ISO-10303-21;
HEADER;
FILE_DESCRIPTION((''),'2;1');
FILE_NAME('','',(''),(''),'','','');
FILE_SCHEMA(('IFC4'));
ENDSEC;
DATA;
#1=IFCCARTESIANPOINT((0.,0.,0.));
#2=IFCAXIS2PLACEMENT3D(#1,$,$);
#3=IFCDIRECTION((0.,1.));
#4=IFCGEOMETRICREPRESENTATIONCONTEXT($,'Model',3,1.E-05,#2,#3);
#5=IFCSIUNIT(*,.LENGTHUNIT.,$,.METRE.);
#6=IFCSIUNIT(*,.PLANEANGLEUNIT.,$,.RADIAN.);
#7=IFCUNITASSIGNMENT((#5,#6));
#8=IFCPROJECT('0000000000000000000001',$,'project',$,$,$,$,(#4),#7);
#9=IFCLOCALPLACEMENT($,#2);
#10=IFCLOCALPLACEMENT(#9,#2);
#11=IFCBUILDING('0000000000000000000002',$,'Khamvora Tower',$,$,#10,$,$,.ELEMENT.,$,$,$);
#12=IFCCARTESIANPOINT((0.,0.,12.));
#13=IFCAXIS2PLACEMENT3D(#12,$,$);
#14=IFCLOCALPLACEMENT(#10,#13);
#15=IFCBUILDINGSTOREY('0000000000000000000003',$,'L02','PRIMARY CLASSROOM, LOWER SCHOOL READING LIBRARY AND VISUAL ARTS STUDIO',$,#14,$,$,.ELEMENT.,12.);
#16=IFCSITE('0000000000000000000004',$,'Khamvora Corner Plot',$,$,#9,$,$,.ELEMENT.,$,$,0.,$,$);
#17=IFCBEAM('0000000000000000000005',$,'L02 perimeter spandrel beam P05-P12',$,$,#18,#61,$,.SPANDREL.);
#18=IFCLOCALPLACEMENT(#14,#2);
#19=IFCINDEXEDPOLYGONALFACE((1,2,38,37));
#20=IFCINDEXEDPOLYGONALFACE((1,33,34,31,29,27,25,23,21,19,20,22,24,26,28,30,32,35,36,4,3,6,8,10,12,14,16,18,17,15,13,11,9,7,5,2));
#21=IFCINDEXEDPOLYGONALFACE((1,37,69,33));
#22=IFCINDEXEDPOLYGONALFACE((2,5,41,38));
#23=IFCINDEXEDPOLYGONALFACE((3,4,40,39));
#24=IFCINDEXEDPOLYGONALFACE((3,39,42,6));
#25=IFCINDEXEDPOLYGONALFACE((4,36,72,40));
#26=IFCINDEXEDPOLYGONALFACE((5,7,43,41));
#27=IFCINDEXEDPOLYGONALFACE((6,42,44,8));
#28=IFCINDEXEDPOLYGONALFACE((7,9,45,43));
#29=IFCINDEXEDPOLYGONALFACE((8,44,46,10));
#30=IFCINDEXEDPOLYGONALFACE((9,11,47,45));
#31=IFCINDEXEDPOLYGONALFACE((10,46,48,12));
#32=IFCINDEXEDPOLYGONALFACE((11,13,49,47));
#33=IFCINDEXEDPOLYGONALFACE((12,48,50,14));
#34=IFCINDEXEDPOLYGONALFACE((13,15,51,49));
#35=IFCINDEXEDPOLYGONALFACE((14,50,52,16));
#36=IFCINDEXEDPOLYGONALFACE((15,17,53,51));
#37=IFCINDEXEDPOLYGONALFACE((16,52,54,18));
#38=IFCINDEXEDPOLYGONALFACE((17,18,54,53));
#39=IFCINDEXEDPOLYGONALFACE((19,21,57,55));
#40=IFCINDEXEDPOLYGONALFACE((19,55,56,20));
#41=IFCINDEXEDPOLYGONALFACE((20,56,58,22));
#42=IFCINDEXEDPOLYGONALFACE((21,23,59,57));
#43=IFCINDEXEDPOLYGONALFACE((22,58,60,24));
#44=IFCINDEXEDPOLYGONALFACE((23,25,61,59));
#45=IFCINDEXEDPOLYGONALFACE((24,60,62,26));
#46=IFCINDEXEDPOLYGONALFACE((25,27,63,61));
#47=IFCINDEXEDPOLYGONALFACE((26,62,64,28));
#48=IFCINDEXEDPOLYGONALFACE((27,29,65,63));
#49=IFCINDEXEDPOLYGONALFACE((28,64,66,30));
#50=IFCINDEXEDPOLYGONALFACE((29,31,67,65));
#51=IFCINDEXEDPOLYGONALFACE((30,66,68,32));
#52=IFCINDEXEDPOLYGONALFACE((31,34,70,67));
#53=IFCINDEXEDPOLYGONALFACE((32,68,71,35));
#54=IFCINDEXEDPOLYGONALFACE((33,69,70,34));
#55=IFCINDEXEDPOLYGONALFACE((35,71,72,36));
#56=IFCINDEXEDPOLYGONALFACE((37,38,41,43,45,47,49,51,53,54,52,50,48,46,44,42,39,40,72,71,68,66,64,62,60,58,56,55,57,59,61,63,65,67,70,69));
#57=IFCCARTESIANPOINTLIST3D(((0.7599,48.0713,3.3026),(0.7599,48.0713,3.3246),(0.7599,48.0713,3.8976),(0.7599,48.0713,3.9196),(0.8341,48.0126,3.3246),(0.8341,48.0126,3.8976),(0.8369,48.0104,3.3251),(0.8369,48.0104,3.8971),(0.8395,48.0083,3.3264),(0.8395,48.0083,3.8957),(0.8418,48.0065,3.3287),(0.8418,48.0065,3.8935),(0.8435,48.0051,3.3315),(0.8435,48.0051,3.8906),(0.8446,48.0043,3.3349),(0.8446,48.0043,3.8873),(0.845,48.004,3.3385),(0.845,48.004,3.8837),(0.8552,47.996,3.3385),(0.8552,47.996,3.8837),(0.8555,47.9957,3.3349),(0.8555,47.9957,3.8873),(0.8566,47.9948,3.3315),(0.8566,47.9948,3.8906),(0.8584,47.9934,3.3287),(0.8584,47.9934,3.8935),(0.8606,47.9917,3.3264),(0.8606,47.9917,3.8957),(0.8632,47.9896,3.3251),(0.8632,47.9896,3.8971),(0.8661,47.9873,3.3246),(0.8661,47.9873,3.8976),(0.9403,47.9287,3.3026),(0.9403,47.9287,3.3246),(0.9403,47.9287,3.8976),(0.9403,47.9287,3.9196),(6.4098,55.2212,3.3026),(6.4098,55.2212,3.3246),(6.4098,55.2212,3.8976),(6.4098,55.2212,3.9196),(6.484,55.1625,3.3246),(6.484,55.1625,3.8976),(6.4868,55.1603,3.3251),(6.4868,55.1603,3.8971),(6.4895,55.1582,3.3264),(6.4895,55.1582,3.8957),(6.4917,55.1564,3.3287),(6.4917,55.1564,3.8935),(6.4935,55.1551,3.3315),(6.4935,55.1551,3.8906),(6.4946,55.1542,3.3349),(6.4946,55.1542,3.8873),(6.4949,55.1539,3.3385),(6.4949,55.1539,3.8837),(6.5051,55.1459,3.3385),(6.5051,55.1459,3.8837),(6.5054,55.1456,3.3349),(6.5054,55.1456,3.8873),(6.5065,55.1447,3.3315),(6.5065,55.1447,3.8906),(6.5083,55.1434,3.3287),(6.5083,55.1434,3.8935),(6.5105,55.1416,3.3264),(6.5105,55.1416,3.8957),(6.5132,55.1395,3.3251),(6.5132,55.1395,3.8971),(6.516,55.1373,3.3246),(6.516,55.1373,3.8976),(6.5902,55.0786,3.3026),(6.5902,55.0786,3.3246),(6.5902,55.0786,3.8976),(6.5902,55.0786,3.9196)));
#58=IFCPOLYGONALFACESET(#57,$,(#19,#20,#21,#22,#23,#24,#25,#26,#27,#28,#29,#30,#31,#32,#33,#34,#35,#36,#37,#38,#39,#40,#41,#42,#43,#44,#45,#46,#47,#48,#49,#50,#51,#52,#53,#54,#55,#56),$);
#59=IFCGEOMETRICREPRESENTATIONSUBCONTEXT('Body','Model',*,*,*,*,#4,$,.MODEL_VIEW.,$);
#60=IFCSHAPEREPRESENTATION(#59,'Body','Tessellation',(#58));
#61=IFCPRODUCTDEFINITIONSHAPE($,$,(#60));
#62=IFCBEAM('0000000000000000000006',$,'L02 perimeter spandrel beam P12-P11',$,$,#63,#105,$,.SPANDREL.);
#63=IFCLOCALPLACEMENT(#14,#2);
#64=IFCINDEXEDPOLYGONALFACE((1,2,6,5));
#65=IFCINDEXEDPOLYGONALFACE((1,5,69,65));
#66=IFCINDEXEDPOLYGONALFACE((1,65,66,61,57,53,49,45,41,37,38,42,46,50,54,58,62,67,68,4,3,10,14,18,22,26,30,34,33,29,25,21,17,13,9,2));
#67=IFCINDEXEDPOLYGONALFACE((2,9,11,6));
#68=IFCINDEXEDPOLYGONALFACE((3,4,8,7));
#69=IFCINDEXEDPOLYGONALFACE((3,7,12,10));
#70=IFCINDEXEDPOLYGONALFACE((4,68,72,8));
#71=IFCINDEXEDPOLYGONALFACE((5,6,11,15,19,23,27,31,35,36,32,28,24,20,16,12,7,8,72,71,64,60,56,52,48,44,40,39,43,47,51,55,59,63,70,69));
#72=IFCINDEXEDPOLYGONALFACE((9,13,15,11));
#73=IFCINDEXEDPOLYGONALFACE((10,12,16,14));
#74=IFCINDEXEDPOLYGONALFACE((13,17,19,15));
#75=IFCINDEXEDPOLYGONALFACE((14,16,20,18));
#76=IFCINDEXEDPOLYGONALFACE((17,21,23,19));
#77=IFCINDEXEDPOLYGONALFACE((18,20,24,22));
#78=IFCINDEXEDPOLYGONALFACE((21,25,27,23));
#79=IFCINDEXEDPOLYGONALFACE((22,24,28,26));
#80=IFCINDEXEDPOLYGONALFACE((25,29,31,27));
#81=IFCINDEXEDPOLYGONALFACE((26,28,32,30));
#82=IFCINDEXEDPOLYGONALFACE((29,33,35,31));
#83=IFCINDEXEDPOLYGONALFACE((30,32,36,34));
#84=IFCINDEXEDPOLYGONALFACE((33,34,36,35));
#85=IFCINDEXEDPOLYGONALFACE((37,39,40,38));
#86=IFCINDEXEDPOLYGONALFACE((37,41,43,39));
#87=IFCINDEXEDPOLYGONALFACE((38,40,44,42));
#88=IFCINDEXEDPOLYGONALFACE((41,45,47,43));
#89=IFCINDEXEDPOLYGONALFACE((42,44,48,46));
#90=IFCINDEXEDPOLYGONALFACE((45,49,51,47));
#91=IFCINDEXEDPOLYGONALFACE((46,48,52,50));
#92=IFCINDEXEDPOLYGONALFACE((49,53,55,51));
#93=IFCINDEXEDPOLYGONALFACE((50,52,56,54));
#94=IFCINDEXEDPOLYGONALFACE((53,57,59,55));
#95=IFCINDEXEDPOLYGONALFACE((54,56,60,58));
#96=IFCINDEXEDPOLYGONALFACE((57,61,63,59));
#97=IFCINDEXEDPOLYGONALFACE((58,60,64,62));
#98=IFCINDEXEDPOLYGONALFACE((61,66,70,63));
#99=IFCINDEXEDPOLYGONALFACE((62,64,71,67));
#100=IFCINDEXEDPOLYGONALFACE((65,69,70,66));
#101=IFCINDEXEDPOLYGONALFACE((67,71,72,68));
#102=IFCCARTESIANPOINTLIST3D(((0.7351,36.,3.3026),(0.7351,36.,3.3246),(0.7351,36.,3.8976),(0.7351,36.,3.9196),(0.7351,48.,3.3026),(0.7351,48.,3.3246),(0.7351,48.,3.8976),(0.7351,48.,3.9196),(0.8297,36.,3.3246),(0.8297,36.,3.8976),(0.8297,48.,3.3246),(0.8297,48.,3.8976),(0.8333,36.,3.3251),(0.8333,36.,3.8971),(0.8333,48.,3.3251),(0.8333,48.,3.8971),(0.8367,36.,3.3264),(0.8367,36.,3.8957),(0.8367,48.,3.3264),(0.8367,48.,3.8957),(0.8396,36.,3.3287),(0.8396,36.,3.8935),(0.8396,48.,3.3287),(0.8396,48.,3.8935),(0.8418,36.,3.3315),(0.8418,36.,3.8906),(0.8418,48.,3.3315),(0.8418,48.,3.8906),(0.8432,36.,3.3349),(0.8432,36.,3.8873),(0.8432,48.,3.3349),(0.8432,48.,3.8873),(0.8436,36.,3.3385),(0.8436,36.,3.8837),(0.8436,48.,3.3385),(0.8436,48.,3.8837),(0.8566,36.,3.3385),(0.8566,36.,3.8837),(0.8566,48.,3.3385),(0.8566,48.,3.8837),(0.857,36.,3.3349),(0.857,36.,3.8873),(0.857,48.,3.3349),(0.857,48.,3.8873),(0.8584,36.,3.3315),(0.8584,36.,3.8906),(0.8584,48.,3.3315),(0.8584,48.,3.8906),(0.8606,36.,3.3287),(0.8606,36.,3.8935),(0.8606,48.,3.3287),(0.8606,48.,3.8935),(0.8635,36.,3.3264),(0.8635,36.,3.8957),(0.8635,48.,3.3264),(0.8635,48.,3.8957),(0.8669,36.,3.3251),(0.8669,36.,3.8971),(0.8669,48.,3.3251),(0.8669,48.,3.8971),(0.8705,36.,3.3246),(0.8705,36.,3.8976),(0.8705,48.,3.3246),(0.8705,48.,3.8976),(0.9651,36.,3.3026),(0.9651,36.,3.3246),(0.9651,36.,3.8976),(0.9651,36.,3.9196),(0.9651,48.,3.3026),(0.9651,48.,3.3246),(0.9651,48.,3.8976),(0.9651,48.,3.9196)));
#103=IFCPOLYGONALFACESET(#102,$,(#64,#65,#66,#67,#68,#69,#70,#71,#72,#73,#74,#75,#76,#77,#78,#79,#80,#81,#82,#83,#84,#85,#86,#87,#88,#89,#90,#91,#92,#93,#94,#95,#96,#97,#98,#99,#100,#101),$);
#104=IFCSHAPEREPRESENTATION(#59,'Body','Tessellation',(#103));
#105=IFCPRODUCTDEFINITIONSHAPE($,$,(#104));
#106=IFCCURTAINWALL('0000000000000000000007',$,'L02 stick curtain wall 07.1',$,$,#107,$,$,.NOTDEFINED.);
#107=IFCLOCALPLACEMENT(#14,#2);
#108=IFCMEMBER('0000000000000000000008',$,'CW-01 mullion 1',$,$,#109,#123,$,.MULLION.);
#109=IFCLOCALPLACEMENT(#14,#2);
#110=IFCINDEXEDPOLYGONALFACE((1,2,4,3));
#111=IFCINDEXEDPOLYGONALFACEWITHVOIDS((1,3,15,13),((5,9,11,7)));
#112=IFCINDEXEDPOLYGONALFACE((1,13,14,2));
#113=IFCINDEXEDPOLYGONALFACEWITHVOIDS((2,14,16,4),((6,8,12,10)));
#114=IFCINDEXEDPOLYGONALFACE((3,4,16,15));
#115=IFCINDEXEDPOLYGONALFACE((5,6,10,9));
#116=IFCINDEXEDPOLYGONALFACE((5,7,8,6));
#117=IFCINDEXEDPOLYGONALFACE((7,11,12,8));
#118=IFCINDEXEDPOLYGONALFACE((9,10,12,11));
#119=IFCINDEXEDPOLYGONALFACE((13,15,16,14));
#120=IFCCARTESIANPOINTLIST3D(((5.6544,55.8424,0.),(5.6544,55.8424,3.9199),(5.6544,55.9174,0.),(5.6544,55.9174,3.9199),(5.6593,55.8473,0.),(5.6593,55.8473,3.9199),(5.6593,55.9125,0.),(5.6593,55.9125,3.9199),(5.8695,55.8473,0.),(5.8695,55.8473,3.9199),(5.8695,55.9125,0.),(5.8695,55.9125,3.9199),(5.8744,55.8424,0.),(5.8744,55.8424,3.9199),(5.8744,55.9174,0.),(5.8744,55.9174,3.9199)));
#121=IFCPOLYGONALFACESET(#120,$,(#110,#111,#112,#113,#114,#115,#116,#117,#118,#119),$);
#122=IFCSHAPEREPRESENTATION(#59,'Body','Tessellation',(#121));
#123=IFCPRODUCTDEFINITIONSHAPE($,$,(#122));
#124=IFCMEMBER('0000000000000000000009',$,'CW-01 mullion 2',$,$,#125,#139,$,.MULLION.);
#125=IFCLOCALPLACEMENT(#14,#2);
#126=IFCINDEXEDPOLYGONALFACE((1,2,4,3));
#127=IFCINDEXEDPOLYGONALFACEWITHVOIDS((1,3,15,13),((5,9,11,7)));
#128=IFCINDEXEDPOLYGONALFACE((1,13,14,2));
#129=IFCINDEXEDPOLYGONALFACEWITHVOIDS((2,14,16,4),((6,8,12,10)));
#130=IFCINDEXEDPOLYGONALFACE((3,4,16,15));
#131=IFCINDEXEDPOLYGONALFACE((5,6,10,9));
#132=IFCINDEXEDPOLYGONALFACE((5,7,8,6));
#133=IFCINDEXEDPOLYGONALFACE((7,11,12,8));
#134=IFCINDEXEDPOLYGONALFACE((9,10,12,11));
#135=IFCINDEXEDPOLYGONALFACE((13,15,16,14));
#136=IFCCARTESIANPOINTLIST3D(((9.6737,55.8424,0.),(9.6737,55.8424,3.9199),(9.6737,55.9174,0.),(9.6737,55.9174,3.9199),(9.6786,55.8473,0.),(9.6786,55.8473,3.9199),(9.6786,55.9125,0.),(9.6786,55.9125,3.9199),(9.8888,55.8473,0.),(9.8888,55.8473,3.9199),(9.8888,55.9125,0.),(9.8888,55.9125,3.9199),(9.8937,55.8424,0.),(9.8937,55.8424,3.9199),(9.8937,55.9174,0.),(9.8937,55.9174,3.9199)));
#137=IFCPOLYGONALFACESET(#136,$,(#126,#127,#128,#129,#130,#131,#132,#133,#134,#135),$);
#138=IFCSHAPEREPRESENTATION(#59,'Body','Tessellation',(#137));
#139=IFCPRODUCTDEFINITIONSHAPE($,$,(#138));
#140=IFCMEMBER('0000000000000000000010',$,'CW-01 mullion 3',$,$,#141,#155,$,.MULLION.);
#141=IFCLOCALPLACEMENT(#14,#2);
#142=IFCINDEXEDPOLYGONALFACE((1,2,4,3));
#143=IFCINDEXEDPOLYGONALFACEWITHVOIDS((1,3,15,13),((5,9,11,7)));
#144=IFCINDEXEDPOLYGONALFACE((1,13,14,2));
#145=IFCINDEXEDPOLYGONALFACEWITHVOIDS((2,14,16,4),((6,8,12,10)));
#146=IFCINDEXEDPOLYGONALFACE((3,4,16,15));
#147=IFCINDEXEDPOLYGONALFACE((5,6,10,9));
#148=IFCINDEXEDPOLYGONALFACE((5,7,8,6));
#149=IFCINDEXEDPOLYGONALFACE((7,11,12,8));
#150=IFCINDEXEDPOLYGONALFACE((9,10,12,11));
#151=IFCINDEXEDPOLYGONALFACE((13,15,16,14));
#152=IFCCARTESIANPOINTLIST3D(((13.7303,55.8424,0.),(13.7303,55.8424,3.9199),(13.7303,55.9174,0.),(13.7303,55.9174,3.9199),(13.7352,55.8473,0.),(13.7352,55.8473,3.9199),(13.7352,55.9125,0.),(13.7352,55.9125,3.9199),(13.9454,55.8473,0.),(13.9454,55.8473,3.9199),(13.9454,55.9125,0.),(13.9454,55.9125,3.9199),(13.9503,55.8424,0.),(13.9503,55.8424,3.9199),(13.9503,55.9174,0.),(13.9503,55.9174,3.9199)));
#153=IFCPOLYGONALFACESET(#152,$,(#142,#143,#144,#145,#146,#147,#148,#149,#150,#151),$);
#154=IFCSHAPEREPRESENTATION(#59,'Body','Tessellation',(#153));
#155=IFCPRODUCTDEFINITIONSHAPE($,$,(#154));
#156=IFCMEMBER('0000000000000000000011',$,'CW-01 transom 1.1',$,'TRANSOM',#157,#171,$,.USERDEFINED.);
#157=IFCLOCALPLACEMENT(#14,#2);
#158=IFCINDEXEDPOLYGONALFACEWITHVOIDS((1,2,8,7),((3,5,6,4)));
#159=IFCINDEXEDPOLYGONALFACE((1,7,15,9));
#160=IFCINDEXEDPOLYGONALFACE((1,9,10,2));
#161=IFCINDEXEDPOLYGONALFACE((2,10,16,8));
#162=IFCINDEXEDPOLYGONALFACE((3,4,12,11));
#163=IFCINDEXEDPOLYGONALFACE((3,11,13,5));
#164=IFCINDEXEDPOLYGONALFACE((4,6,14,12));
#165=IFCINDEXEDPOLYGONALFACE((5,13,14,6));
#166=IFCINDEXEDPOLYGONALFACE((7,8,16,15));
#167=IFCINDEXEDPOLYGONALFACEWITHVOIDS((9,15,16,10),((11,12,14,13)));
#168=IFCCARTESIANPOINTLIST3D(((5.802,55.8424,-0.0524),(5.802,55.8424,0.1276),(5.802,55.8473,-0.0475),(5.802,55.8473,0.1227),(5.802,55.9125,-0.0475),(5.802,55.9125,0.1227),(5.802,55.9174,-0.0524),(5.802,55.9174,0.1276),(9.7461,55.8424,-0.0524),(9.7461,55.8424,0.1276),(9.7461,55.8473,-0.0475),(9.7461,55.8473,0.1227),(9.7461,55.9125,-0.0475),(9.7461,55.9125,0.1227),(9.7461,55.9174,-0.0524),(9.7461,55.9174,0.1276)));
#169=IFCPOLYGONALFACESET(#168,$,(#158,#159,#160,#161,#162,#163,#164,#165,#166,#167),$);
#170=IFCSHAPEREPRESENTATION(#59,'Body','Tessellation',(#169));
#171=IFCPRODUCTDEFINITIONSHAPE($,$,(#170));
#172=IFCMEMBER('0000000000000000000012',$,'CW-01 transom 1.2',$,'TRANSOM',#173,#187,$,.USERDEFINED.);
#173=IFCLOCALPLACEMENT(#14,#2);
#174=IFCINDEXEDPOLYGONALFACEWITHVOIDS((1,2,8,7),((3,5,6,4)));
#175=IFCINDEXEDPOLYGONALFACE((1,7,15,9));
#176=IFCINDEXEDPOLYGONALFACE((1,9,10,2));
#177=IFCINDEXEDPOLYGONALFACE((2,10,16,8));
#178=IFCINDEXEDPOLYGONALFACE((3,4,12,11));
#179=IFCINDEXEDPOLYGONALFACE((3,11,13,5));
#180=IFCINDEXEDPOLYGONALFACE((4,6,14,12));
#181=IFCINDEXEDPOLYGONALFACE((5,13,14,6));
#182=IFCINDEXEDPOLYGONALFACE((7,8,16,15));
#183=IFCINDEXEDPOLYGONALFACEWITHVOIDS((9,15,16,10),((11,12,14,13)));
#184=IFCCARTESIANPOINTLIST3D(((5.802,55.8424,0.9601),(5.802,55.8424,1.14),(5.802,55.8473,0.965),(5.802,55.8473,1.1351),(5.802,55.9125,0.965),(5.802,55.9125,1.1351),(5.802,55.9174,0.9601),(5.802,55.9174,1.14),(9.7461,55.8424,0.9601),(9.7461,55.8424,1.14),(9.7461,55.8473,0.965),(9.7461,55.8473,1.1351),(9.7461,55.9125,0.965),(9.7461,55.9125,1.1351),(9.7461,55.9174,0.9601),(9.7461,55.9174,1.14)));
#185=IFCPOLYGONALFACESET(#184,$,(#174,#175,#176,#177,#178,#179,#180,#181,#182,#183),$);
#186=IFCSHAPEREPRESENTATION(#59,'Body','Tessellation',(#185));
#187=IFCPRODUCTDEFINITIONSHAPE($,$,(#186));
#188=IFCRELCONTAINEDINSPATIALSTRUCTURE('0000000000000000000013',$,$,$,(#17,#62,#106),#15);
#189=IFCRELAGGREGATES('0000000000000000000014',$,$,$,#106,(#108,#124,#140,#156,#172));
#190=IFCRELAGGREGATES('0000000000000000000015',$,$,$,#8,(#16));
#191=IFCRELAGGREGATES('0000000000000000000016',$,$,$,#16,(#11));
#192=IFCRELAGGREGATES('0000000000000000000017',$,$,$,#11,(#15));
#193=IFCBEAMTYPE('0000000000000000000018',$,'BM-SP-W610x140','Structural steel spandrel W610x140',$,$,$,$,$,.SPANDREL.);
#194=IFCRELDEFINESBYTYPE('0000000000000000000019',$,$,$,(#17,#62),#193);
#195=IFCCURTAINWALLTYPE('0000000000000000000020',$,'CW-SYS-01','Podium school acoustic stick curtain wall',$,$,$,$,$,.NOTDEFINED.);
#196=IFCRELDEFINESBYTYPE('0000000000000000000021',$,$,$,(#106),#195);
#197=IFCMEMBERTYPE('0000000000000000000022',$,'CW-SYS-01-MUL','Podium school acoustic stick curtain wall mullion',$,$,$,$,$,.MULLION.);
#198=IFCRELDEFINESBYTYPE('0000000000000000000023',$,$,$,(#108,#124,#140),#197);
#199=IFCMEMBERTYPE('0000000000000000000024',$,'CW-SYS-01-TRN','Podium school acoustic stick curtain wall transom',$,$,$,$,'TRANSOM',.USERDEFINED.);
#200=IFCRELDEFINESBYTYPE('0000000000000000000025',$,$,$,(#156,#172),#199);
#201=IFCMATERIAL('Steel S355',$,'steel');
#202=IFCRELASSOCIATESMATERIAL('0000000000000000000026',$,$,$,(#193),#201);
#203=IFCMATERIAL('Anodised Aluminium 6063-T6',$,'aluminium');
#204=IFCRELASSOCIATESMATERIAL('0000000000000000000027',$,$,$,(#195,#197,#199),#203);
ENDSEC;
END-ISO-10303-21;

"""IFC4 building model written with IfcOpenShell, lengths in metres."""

from ifc_helpers import new_model, si_unit, direction, frame, origin, origin_2d, place, context, subcontext, project, spatial, hollow_rectangle, i_section, extrude, material, material_profile, profile_set, type_object, element, aggregate, save


model = new_model("IFC4")

# Units and contexts
model_context = context("Model", 3, precision=1e-05, world=origin(), true_north=direction((0.0, 1.0)))
body_context = subcontext(model_context, "Body", "Model", "MODEL_VIEW")
ifc_project = project(units=[si_unit("LENGTHUNIT", "METRE"), si_unit("PLANEANGLEUNIT", "RADIAN")], contexts=[model_context])

# Site, building, storey
site_placement = place(None, origin())
site = spatial("IfcSite", under=ifc_project, at=site_placement, Name="Khamvora Corner Plot", CompositionType="ELEMENT", RefElevation=0.0)
building_placement = place(site_placement, origin())
building = spatial("IfcBuilding", under=site, at=building_placement, Name="Khamvora Tower", CompositionType="ELEMENT")
storey_placement = place(building_placement, frame((0.0, 0.0, 12.0)))
storey = spatial("IfcBuildingStorey", under=building, at=storey_placement, Name="L02", Description="PRIMARY CLASSROOM, LOWER SCHOOL READING LIBRARY AND VISUAL ARTS STUDIO", CompositionType="ELEMENT", Elevation=12.0)

# Beams
ifc_material_1 = material(Name="Steel S355", Category="steel")
ifc_material_profile_1 = material_profile(ifc_material_1, i_section(OverallWidth=0.23, OverallDepth=0.6169, WebThickness=0.0129, FlangeThickness=0.022, FilletRadius=0.0139, at=origin_2d()), Name="W610x140")
ifc_profile_set_1 = profile_set([ifc_material_profile_1], Name="Steel S355")
beam_type_1 = type_object("IfcBeamType", Name="BM-SP-W610x140", Description="Structural steel spandrel W610x140", PredefinedType="SPANDREL", material=ifc_profile_set_1)
beam_1_placement = place(storey_placement, frame((6.5, 55.1499, 3.6111), z_axis=(-0.619999, -0.784603, 0.0), x_axis=(0.784603, -0.619999, 0.0)))
element("IfcBeam", 1, at=beam_1_placement, inside=storey, type_object=beam_type_1, Name="L02 perimeter spandrel beam P05-P12", PredefinedType="SPANDREL", context=body_context, shape_type="SweptSolid", body=[
    extrude(i_section(OverallWidth=0.23, OverallDepth=0.6169, WebThickness=0.0129, FlangeThickness=0.022, FilletRadius=0.0139, at=origin_2d()), origin(), (0.0, 0.0, 1.0), 9.1128),
])
beam_2_placement = place(storey_placement, frame((0.8501, 48.0, 3.6111), z_axis=(0.0, -1.0, 0.0), x_axis=(1.0, 0.0, 0.0)))
element("IfcBeam", 2, at=beam_2_placement, inside=storey, type_object=beam_type_1, Name="L02 perimeter spandrel beam P12-P11", PredefinedType="SPANDREL", context=body_context, shape_type="SweptSolid", body=[
    extrude(i_section(OverallWidth=0.23, OverallDepth=0.6169, WebThickness=0.0129, FlangeThickness=0.022, FilletRadius=0.0139, at=origin_2d()), origin(), (0.0, 0.0, 1.0), 12.0),
])

# Curtain wall, members
ifc_material_2 = material(Name="Anodised Aluminium 6063-T6", Category="aluminium")
curtain_wall_type = type_object("IfcCurtainWallType", Name="CW-SYS-01", Description="Podium school acoustic stick curtain wall", PredefinedType="NOTDEFINED", material=ifc_material_2)
curtain_wall_placement = place(storey_placement, origin())
curtain_wall = element("IfcCurtainWall", 3, at=curtain_wall_placement, inside=storey, type_object=curtain_wall_type, Name="L02 stick curtain wall 07.1", PredefinedType="NOTDEFINED")
ifc_material_profile_2 = material_profile(ifc_material_2, hollow_rectangle(XDim=0.075, YDim=0.22, WallThickness=0.0049, at=origin_2d()), Name="MUL75x220x5")
ifc_profile_set_2 = profile_set([ifc_material_profile_2], Name="Anodised Aluminium 6063-T6")
member_type_1 = type_object("IfcMemberType", Name="CW-SYS-01-MUL", Description="Podium school acoustic stick curtain wall mullion", PredefinedType="MULLION", material=ifc_profile_set_2)
member_1_placement = place(storey_placement, frame((5.7644, 55.8799, 0.0), z_axis=(0.0, 0.0, 1.0), x_axis=(0.0, 1.0, 0.0)))
member_1 = element("IfcMember", 4, at=member_1_placement, type_object=member_type_1, Name="CW-01 mullion 1", PredefinedType="MULLION", context=body_context, shape_type="SweptSolid", body=[
    extrude(hollow_rectangle(XDim=0.075, YDim=0.22, WallThickness=0.0049, at=origin_2d()), origin(), (0.0, 0.0, 1.0), 3.9199),
])
member_2_placement = place(storey_placement, frame((9.7837, 55.8799, 0.0), z_axis=(0.0, 0.0, 1.0), x_axis=(0.0, 1.0, 0.0)))
member_2 = element("IfcMember", 5, at=member_2_placement, type_object=member_type_1, Name="CW-01 mullion 2", PredefinedType="MULLION", context=body_context, shape_type="SweptSolid", body=[
    extrude(hollow_rectangle(XDim=0.075, YDim=0.22, WallThickness=0.0049, at=origin_2d()), origin(), (0.0, 0.0, 1.0), 3.9199),
])
member_3_placement = place(storey_placement, frame((13.8403, 55.8799, 0.0), z_axis=(0.0, 0.0, 1.0), x_axis=(0.0, 1.0, 0.0)))
member_3 = element("IfcMember", 6, at=member_3_placement, type_object=member_type_1, Name="CW-01 mullion 3", PredefinedType="MULLION", context=body_context, shape_type="SweptSolid", body=[
    extrude(hollow_rectangle(XDim=0.075, YDim=0.22, WallThickness=0.0049, at=origin_2d()), origin(), (0.0, 0.0, 1.0), 3.9199),
])
ifc_material_profile_3 = material_profile(ifc_material_2, hollow_rectangle(XDim=0.075, YDim=0.1799, WallThickness=0.0049, at=origin_2d()), Name="TRN75x180x5")
ifc_profile_set_3 = profile_set([ifc_material_profile_3], Name="Anodised Aluminium 6063-T6")
member_type_2 = type_object("IfcMemberType", Name="CW-SYS-01-TRN", Description="Podium school acoustic stick curtain wall transom", ElementType="TRANSOM", PredefinedType="USERDEFINED", material=ifc_profile_set_3)
member_4_placement = place(storey_placement, frame((5.802, 55.8799, 0.0376), z_axis=(1.0, 0.0, 0.0), x_axis=(0.0, 1.0, 0.0)))
member_4 = element("IfcMember", 7, at=member_4_placement, type_object=member_type_2, Name="CW-01 transom 1.1", ObjectType="TRANSOM", PredefinedType="USERDEFINED", context=body_context, shape_type="SweptSolid", body=[
    extrude(hollow_rectangle(XDim=0.075, YDim=0.1799, WallThickness=0.0049, at=origin_2d()), origin(), (0.0, 0.0, 1.0), 3.9441),
])
member_5_placement = place(storey_placement, frame((5.802, 55.8799, 1.05), z_axis=(1.0, 0.0, 0.0), x_axis=(0.0, 1.0, 0.0)))
member_5 = element("IfcMember", 8, at=member_5_placement, type_object=member_type_2, Name="CW-01 transom 1.2", ObjectType="TRANSOM", PredefinedType="USERDEFINED", context=body_context, shape_type="SweptSolid", body=[
    extrude(hollow_rectangle(XDim=0.075, YDim=0.1799, WallThickness=0.0049, at=origin_2d()), origin(), (0.0, 0.0, 1.0), 3.9441),
])

aggregate(curtain_wall, [member_1, member_2, member_3, member_4, member_5])

save(model, "model.ifc")
